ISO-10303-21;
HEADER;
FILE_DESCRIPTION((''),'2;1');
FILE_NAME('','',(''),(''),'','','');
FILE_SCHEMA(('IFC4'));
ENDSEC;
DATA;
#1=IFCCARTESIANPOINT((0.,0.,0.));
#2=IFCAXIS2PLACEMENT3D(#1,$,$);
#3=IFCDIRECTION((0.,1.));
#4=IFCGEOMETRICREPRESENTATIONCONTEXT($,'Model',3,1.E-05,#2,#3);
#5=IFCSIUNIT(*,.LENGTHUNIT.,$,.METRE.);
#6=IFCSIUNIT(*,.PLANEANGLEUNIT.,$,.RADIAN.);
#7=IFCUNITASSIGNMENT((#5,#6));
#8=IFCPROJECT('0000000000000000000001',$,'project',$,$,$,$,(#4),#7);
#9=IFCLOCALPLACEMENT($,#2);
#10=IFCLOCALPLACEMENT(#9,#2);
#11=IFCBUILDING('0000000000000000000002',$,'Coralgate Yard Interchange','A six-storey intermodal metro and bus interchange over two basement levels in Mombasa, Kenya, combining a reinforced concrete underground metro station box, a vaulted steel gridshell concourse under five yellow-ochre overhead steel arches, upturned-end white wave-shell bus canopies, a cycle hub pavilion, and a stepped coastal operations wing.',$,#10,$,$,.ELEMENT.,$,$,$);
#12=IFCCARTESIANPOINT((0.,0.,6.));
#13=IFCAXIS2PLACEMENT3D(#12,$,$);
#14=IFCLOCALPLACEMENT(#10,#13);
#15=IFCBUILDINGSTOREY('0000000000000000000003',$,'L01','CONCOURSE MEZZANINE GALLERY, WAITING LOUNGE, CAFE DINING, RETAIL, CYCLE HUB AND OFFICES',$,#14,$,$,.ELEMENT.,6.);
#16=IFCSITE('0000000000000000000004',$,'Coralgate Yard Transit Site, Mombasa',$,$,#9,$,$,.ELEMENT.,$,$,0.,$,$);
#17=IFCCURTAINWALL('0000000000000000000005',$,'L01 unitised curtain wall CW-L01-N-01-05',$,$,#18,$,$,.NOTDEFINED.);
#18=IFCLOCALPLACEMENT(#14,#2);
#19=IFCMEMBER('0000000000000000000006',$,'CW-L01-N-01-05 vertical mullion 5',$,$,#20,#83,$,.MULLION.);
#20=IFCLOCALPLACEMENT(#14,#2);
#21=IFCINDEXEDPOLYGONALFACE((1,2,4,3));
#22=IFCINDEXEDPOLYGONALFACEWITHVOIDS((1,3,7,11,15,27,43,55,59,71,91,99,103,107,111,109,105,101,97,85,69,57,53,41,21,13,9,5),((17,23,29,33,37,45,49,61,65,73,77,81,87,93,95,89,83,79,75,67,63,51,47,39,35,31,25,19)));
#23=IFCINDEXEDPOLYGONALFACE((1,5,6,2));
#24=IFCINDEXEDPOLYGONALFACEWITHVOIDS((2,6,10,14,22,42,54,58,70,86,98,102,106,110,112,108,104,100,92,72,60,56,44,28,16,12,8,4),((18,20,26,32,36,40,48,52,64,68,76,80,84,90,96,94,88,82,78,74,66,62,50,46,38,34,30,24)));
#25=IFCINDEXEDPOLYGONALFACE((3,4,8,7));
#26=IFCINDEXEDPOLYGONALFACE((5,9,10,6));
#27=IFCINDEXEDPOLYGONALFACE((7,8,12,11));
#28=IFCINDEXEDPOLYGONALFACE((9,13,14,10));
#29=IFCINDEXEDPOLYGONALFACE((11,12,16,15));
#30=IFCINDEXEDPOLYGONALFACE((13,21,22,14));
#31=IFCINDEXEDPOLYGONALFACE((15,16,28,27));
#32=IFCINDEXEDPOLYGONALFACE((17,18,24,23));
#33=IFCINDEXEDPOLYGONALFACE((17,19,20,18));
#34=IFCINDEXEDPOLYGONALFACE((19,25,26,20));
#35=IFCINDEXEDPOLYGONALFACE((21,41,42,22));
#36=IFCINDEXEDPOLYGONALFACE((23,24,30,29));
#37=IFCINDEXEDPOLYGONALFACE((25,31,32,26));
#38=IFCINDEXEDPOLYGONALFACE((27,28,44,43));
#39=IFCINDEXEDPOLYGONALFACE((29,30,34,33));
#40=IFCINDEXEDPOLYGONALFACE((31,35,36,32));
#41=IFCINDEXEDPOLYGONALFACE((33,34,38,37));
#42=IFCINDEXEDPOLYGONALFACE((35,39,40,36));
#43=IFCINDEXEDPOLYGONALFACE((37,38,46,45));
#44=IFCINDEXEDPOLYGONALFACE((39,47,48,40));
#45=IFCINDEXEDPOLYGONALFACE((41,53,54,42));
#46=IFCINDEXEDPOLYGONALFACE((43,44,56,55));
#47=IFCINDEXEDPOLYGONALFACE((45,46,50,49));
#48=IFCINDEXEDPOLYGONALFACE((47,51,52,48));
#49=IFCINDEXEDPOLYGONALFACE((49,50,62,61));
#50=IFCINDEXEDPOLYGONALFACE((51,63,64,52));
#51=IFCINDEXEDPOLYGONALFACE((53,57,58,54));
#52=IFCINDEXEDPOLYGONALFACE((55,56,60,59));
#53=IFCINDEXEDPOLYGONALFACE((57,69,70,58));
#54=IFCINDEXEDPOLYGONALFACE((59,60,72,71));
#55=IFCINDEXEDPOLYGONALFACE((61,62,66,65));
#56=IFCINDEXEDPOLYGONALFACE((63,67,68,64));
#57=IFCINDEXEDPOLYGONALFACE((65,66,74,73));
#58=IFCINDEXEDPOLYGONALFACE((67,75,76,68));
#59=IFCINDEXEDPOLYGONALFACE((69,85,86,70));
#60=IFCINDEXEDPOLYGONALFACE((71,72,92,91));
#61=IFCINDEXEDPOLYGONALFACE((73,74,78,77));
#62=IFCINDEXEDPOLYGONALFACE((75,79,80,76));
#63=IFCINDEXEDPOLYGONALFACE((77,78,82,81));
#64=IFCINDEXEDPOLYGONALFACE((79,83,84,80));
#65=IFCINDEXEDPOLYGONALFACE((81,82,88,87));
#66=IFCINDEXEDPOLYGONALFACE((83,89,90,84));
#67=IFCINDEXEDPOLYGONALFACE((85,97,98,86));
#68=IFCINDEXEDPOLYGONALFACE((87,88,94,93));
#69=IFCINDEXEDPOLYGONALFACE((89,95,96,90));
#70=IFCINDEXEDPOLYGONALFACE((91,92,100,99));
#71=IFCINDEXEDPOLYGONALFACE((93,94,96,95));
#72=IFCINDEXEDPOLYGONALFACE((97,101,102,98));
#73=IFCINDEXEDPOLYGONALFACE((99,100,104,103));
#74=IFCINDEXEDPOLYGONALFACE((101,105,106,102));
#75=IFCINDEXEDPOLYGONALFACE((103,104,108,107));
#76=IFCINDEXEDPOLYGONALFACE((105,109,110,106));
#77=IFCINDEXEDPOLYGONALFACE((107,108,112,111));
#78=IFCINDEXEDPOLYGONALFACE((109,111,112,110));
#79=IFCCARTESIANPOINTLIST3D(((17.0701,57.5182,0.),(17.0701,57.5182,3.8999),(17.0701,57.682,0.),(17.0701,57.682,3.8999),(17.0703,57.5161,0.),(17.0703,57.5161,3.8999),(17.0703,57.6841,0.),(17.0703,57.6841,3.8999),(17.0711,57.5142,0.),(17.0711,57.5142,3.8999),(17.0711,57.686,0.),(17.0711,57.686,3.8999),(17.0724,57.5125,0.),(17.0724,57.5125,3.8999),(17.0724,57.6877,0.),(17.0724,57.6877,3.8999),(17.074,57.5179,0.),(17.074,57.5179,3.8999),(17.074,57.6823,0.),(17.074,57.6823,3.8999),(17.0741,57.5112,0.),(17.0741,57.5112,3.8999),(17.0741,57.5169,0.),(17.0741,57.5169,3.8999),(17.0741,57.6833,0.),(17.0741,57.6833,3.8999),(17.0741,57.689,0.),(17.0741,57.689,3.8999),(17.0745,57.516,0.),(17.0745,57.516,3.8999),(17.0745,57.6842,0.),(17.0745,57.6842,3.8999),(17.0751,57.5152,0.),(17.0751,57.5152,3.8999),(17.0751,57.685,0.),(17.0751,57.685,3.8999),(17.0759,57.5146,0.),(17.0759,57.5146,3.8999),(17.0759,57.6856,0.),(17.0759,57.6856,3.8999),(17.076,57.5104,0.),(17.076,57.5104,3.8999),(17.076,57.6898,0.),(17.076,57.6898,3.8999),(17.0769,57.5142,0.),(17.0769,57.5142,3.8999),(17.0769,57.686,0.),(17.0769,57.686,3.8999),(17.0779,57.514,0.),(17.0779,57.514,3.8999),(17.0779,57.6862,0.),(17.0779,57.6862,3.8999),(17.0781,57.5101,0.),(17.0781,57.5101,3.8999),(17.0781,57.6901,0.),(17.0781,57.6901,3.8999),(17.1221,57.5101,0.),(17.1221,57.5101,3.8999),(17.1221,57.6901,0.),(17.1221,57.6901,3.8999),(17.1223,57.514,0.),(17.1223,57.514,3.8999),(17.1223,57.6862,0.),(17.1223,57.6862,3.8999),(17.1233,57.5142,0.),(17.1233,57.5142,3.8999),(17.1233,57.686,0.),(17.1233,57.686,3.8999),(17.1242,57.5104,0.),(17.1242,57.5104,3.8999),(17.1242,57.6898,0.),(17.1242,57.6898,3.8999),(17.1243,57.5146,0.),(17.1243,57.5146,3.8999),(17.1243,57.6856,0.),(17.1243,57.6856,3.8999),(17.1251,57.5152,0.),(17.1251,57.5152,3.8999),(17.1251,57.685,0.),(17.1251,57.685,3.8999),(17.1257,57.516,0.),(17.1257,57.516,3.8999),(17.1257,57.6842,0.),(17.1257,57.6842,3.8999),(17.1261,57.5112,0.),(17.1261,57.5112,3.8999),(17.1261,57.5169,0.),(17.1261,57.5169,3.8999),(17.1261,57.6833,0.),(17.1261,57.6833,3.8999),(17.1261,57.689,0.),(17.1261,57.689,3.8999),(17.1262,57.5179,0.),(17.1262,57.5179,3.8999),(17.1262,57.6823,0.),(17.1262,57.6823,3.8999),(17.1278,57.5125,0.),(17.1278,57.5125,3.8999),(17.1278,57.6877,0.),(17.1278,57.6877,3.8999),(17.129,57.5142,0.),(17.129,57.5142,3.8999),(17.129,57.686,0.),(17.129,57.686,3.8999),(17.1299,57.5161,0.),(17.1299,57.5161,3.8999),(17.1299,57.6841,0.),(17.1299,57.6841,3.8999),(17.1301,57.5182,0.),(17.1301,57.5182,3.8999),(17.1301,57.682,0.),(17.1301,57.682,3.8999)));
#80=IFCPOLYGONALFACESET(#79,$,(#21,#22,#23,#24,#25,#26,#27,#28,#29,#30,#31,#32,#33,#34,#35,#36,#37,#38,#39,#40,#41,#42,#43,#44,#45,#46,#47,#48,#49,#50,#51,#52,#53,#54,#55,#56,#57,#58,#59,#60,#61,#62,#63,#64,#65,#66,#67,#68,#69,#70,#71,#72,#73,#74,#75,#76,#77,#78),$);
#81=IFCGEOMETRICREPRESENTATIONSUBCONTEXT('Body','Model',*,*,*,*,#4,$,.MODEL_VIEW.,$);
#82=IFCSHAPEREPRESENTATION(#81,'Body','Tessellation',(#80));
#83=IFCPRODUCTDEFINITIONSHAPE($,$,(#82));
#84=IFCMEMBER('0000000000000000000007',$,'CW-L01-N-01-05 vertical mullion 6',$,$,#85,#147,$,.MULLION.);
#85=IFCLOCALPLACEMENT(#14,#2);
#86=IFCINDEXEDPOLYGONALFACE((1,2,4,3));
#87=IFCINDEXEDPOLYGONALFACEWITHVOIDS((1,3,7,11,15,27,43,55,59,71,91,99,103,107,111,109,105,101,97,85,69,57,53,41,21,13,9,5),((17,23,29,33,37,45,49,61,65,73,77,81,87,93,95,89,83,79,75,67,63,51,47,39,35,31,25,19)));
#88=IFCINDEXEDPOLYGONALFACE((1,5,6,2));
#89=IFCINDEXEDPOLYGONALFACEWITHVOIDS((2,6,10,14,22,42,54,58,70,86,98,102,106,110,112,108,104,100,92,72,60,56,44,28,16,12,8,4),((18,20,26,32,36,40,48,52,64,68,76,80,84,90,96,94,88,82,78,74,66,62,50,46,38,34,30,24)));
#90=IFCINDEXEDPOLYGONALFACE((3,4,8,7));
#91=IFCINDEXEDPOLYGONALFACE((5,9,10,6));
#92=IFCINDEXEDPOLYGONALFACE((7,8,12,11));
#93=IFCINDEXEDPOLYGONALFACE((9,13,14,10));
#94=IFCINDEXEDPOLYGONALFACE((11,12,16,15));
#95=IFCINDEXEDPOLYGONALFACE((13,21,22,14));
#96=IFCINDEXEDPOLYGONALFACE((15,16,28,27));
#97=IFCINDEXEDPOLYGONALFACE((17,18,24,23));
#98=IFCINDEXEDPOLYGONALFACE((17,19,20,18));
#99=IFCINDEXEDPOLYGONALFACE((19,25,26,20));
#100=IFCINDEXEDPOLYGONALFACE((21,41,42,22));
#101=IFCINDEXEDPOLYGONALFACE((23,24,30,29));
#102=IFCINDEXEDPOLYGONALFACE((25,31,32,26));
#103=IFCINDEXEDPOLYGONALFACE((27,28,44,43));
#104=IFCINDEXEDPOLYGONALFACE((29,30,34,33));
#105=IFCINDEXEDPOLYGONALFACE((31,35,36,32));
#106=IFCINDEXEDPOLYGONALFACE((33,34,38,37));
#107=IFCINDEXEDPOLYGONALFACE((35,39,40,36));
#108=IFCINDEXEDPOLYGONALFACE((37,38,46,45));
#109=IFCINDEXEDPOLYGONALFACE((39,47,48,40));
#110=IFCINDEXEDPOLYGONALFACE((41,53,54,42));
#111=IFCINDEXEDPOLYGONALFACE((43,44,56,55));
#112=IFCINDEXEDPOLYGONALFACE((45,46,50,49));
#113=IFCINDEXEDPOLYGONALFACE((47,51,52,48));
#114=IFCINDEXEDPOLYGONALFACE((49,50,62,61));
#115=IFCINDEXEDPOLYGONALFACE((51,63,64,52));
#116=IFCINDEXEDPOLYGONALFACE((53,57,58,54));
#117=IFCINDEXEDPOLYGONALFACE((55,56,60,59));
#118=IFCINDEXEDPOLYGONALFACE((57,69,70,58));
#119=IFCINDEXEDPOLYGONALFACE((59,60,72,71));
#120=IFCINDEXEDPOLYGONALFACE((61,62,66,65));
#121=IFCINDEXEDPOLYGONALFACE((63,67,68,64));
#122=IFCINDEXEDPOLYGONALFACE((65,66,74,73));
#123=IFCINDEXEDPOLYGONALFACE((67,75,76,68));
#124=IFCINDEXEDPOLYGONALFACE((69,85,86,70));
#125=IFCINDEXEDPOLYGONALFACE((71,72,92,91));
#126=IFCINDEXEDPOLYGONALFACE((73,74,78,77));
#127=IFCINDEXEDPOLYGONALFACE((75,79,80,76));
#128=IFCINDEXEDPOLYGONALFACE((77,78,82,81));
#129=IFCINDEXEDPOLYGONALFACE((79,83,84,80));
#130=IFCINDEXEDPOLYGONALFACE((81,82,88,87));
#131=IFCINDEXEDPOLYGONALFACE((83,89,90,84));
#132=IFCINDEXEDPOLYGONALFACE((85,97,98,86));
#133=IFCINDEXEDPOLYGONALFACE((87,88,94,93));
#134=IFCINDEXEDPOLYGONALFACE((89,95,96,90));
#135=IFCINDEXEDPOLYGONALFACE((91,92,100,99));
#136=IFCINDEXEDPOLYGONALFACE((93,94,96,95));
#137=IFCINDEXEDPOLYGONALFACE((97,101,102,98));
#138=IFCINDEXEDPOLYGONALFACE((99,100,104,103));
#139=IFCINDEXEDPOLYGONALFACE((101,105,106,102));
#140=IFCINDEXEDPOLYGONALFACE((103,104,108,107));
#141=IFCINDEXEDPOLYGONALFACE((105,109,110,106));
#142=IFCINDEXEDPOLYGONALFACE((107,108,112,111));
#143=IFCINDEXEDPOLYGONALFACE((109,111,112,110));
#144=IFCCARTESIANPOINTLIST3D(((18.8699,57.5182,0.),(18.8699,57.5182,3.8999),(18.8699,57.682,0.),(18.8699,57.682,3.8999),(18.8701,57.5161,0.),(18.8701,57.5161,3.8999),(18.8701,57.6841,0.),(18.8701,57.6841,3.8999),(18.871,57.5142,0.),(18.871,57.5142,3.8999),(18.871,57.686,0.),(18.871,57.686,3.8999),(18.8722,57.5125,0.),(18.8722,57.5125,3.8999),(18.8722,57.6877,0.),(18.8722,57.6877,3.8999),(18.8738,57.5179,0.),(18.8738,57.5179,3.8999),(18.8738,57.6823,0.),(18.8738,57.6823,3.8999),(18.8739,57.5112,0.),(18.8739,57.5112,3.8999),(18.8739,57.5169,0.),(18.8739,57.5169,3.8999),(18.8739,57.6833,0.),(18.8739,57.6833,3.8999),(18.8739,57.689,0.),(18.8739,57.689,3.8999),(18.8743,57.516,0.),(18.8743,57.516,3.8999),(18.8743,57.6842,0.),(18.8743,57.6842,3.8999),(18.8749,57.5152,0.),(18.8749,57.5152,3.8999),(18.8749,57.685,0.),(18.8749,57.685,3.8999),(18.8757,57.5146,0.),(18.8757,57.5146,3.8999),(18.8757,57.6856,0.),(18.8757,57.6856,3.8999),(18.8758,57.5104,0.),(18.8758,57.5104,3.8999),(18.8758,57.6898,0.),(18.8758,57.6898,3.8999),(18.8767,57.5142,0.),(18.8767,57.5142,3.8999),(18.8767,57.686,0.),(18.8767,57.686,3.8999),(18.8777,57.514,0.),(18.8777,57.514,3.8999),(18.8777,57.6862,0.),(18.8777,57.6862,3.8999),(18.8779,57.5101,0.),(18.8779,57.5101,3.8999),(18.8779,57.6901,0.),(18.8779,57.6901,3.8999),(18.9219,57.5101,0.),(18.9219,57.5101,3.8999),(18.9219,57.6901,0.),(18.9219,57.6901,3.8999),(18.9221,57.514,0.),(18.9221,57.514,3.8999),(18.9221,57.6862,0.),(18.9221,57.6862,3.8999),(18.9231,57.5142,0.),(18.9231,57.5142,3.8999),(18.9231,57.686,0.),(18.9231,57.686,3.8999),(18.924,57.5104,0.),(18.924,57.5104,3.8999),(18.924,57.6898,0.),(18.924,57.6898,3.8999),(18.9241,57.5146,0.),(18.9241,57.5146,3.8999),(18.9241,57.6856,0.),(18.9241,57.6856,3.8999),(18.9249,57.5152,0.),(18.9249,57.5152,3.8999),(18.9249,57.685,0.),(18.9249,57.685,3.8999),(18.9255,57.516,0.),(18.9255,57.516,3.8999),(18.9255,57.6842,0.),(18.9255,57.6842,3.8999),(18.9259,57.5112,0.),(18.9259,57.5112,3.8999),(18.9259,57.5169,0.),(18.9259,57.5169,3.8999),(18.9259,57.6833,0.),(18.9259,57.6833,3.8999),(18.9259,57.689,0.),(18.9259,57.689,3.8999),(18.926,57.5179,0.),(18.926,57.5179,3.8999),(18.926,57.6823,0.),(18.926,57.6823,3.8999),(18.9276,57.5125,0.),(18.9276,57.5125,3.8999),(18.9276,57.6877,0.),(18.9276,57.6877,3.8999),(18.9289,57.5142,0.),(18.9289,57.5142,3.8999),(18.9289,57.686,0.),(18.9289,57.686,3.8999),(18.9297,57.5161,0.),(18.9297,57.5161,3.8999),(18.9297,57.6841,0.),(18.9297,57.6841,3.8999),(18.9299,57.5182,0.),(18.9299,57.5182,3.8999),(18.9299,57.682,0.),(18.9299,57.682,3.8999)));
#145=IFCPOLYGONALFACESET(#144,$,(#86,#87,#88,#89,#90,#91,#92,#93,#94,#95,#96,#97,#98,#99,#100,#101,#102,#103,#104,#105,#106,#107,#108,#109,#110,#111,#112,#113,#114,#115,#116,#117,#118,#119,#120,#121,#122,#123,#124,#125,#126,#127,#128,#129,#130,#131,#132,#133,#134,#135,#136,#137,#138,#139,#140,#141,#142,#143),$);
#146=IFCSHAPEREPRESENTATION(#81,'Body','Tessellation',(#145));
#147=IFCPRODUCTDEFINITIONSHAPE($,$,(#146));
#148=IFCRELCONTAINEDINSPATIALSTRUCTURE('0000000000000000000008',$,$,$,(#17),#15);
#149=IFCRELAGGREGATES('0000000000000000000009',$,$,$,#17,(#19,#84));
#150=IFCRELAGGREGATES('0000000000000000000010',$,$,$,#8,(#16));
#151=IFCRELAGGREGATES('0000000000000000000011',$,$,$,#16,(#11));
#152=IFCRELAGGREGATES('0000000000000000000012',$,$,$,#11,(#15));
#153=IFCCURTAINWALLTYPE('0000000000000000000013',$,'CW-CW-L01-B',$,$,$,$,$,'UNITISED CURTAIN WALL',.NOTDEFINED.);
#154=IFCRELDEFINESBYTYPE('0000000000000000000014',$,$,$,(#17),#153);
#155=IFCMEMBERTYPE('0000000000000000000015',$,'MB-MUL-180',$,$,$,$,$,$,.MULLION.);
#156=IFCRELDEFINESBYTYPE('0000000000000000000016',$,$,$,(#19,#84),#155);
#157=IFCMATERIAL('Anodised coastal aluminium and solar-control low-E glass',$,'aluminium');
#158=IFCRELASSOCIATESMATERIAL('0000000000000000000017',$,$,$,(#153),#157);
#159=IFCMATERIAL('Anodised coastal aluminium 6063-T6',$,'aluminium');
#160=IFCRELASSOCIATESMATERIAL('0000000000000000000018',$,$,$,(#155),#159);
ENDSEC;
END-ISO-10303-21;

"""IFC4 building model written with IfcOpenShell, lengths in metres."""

from ifc_helpers import new_model, si_unit, direction, frame, origin, origin_2d, place, context, subcontext, project, spatial, hollow_rectangle, extrude, material, material_profile, profile_set, type_object, element, aggregate, save


model = new_model("IFC4")

# Units and contexts
model_context = context("Model", 3, precision=1e-05, world=origin(), true_north=direction((0.0, 1.0)))
body_context = subcontext(model_context, "Body", "Model", "MODEL_VIEW")
ifc_project = project(units=[si_unit("LENGTHUNIT", "METRE"), si_unit("PLANEANGLEUNIT", "RADIAN")], contexts=[model_context])

# Site, building, storey
site_placement = place(None, origin())
site = spatial("IfcSite", under=ifc_project, at=site_placement, Name="Coralgate Yard Transit Site, Mombasa", CompositionType="ELEMENT", RefElevation=0.0)
building_placement = place(site_placement, origin())
building = spatial("IfcBuilding", under=site, at=building_placement, Name="Coralgate Yard Interchange", Description="A six-storey intermodal metro and bus interchange over two basement levels in Mombasa, Kenya, combining a reinforced concrete underground metro station box, a vaulted steel gridshell concourse under five yellow-ochre overhead steel arches, upturned-end white wave-shell bus canopies, a cycle hub pavilion, and a stepped coastal operations wing.", CompositionType="ELEMENT")
storey_placement = place(building_placement, frame((0.0, 0.0, 6.0)))
storey = spatial("IfcBuildingStorey", under=building, at=storey_placement, Name="L01", Description="CONCOURSE MEZZANINE GALLERY, WAITING LOUNGE, CAFE DINING, RETAIL, CYCLE HUB AND OFFICES", CompositionType="ELEMENT", Elevation=6.0)

# Curtain wall, members
ifc_material_1 = material(Name="Anodised coastal aluminium and solar-control low-E glass", Category="aluminium")
curtain_wall_type = type_object("IfcCurtainWallType", Name="CW-CW-L01-B", ElementType="UNITISED CURTAIN WALL", PredefinedType="NOTDEFINED", material=ifc_material_1)
curtain_wall_placement = place(storey_placement, origin())
curtain_wall = element("IfcCurtainWall", 1, at=curtain_wall_placement, inside=storey, type_object=curtain_wall_type, Name="L01 unitised curtain wall CW-L01-N-01-05", PredefinedType="NOTDEFINED")
ifc_material_2 = material(Name="Anodised coastal aluminium 6063-T6", Category="aluminium")
ifc_material_profile_1 = material_profile(ifc_material_2, hollow_rectangle(XDim=0.0601, YDim=0.1799, WallThickness=0.0039, InnerFilletRadius=0.0039, OuterFilletRadius=0.0081, at=origin_2d()), Name="ALU 60x180x4")
ifc_profile_set_1 = profile_set([ifc_material_profile_1], Name="Anodised coastal aluminium 6063-T6")
member_type_1 = type_object("IfcMemberType", Name="MB-MUL-180", PredefinedType="MULLION", material=ifc_profile_set_1)
member_1_placement = place(storey_placement, frame((17.1001, 57.6001, 0.0), z_axis=(0.0, 0.0, 1.0), x_axis=(1.0, 0.0, 0.0)))
member_1 = element("IfcMember", 2, at=member_1_placement, type_object=member_type_1, Name="CW-L01-N-01-05 vertical mullion 5", PredefinedType="MULLION", context=body_context, shape_type="SweptSolid", body=[
    extrude(hollow_rectangle(XDim=0.0601, YDim=0.1799, WallThickness=0.0039, InnerFilletRadius=0.0039, OuterFilletRadius=0.0081, at=origin_2d()), origin(), (0.0, 0.0, 1.0), 3.8999),
])
member_2_placement = place(storey_placement, frame((18.8999, 57.6001, 0.0), z_axis=(0.0, 0.0, 1.0), x_axis=(1.0, 0.0, 0.0)))
member_2 = element("IfcMember", 3, at=member_2_placement, type_object=member_type_1, Name="CW-L01-N-01-05 vertical mullion 6", PredefinedType="MULLION", context=body_context, shape_type="SweptSolid", body=[
    extrude(hollow_rectangle(XDim=0.0601, YDim=0.1799, WallThickness=0.0039, InnerFilletRadius=0.0039, OuterFilletRadius=0.0081, at=origin_2d()), origin(), (0.0, 0.0, 1.0), 3.8999),
])
aggregate(curtain_wall, [member_1, member_2])

save(model, "model.ifc")
